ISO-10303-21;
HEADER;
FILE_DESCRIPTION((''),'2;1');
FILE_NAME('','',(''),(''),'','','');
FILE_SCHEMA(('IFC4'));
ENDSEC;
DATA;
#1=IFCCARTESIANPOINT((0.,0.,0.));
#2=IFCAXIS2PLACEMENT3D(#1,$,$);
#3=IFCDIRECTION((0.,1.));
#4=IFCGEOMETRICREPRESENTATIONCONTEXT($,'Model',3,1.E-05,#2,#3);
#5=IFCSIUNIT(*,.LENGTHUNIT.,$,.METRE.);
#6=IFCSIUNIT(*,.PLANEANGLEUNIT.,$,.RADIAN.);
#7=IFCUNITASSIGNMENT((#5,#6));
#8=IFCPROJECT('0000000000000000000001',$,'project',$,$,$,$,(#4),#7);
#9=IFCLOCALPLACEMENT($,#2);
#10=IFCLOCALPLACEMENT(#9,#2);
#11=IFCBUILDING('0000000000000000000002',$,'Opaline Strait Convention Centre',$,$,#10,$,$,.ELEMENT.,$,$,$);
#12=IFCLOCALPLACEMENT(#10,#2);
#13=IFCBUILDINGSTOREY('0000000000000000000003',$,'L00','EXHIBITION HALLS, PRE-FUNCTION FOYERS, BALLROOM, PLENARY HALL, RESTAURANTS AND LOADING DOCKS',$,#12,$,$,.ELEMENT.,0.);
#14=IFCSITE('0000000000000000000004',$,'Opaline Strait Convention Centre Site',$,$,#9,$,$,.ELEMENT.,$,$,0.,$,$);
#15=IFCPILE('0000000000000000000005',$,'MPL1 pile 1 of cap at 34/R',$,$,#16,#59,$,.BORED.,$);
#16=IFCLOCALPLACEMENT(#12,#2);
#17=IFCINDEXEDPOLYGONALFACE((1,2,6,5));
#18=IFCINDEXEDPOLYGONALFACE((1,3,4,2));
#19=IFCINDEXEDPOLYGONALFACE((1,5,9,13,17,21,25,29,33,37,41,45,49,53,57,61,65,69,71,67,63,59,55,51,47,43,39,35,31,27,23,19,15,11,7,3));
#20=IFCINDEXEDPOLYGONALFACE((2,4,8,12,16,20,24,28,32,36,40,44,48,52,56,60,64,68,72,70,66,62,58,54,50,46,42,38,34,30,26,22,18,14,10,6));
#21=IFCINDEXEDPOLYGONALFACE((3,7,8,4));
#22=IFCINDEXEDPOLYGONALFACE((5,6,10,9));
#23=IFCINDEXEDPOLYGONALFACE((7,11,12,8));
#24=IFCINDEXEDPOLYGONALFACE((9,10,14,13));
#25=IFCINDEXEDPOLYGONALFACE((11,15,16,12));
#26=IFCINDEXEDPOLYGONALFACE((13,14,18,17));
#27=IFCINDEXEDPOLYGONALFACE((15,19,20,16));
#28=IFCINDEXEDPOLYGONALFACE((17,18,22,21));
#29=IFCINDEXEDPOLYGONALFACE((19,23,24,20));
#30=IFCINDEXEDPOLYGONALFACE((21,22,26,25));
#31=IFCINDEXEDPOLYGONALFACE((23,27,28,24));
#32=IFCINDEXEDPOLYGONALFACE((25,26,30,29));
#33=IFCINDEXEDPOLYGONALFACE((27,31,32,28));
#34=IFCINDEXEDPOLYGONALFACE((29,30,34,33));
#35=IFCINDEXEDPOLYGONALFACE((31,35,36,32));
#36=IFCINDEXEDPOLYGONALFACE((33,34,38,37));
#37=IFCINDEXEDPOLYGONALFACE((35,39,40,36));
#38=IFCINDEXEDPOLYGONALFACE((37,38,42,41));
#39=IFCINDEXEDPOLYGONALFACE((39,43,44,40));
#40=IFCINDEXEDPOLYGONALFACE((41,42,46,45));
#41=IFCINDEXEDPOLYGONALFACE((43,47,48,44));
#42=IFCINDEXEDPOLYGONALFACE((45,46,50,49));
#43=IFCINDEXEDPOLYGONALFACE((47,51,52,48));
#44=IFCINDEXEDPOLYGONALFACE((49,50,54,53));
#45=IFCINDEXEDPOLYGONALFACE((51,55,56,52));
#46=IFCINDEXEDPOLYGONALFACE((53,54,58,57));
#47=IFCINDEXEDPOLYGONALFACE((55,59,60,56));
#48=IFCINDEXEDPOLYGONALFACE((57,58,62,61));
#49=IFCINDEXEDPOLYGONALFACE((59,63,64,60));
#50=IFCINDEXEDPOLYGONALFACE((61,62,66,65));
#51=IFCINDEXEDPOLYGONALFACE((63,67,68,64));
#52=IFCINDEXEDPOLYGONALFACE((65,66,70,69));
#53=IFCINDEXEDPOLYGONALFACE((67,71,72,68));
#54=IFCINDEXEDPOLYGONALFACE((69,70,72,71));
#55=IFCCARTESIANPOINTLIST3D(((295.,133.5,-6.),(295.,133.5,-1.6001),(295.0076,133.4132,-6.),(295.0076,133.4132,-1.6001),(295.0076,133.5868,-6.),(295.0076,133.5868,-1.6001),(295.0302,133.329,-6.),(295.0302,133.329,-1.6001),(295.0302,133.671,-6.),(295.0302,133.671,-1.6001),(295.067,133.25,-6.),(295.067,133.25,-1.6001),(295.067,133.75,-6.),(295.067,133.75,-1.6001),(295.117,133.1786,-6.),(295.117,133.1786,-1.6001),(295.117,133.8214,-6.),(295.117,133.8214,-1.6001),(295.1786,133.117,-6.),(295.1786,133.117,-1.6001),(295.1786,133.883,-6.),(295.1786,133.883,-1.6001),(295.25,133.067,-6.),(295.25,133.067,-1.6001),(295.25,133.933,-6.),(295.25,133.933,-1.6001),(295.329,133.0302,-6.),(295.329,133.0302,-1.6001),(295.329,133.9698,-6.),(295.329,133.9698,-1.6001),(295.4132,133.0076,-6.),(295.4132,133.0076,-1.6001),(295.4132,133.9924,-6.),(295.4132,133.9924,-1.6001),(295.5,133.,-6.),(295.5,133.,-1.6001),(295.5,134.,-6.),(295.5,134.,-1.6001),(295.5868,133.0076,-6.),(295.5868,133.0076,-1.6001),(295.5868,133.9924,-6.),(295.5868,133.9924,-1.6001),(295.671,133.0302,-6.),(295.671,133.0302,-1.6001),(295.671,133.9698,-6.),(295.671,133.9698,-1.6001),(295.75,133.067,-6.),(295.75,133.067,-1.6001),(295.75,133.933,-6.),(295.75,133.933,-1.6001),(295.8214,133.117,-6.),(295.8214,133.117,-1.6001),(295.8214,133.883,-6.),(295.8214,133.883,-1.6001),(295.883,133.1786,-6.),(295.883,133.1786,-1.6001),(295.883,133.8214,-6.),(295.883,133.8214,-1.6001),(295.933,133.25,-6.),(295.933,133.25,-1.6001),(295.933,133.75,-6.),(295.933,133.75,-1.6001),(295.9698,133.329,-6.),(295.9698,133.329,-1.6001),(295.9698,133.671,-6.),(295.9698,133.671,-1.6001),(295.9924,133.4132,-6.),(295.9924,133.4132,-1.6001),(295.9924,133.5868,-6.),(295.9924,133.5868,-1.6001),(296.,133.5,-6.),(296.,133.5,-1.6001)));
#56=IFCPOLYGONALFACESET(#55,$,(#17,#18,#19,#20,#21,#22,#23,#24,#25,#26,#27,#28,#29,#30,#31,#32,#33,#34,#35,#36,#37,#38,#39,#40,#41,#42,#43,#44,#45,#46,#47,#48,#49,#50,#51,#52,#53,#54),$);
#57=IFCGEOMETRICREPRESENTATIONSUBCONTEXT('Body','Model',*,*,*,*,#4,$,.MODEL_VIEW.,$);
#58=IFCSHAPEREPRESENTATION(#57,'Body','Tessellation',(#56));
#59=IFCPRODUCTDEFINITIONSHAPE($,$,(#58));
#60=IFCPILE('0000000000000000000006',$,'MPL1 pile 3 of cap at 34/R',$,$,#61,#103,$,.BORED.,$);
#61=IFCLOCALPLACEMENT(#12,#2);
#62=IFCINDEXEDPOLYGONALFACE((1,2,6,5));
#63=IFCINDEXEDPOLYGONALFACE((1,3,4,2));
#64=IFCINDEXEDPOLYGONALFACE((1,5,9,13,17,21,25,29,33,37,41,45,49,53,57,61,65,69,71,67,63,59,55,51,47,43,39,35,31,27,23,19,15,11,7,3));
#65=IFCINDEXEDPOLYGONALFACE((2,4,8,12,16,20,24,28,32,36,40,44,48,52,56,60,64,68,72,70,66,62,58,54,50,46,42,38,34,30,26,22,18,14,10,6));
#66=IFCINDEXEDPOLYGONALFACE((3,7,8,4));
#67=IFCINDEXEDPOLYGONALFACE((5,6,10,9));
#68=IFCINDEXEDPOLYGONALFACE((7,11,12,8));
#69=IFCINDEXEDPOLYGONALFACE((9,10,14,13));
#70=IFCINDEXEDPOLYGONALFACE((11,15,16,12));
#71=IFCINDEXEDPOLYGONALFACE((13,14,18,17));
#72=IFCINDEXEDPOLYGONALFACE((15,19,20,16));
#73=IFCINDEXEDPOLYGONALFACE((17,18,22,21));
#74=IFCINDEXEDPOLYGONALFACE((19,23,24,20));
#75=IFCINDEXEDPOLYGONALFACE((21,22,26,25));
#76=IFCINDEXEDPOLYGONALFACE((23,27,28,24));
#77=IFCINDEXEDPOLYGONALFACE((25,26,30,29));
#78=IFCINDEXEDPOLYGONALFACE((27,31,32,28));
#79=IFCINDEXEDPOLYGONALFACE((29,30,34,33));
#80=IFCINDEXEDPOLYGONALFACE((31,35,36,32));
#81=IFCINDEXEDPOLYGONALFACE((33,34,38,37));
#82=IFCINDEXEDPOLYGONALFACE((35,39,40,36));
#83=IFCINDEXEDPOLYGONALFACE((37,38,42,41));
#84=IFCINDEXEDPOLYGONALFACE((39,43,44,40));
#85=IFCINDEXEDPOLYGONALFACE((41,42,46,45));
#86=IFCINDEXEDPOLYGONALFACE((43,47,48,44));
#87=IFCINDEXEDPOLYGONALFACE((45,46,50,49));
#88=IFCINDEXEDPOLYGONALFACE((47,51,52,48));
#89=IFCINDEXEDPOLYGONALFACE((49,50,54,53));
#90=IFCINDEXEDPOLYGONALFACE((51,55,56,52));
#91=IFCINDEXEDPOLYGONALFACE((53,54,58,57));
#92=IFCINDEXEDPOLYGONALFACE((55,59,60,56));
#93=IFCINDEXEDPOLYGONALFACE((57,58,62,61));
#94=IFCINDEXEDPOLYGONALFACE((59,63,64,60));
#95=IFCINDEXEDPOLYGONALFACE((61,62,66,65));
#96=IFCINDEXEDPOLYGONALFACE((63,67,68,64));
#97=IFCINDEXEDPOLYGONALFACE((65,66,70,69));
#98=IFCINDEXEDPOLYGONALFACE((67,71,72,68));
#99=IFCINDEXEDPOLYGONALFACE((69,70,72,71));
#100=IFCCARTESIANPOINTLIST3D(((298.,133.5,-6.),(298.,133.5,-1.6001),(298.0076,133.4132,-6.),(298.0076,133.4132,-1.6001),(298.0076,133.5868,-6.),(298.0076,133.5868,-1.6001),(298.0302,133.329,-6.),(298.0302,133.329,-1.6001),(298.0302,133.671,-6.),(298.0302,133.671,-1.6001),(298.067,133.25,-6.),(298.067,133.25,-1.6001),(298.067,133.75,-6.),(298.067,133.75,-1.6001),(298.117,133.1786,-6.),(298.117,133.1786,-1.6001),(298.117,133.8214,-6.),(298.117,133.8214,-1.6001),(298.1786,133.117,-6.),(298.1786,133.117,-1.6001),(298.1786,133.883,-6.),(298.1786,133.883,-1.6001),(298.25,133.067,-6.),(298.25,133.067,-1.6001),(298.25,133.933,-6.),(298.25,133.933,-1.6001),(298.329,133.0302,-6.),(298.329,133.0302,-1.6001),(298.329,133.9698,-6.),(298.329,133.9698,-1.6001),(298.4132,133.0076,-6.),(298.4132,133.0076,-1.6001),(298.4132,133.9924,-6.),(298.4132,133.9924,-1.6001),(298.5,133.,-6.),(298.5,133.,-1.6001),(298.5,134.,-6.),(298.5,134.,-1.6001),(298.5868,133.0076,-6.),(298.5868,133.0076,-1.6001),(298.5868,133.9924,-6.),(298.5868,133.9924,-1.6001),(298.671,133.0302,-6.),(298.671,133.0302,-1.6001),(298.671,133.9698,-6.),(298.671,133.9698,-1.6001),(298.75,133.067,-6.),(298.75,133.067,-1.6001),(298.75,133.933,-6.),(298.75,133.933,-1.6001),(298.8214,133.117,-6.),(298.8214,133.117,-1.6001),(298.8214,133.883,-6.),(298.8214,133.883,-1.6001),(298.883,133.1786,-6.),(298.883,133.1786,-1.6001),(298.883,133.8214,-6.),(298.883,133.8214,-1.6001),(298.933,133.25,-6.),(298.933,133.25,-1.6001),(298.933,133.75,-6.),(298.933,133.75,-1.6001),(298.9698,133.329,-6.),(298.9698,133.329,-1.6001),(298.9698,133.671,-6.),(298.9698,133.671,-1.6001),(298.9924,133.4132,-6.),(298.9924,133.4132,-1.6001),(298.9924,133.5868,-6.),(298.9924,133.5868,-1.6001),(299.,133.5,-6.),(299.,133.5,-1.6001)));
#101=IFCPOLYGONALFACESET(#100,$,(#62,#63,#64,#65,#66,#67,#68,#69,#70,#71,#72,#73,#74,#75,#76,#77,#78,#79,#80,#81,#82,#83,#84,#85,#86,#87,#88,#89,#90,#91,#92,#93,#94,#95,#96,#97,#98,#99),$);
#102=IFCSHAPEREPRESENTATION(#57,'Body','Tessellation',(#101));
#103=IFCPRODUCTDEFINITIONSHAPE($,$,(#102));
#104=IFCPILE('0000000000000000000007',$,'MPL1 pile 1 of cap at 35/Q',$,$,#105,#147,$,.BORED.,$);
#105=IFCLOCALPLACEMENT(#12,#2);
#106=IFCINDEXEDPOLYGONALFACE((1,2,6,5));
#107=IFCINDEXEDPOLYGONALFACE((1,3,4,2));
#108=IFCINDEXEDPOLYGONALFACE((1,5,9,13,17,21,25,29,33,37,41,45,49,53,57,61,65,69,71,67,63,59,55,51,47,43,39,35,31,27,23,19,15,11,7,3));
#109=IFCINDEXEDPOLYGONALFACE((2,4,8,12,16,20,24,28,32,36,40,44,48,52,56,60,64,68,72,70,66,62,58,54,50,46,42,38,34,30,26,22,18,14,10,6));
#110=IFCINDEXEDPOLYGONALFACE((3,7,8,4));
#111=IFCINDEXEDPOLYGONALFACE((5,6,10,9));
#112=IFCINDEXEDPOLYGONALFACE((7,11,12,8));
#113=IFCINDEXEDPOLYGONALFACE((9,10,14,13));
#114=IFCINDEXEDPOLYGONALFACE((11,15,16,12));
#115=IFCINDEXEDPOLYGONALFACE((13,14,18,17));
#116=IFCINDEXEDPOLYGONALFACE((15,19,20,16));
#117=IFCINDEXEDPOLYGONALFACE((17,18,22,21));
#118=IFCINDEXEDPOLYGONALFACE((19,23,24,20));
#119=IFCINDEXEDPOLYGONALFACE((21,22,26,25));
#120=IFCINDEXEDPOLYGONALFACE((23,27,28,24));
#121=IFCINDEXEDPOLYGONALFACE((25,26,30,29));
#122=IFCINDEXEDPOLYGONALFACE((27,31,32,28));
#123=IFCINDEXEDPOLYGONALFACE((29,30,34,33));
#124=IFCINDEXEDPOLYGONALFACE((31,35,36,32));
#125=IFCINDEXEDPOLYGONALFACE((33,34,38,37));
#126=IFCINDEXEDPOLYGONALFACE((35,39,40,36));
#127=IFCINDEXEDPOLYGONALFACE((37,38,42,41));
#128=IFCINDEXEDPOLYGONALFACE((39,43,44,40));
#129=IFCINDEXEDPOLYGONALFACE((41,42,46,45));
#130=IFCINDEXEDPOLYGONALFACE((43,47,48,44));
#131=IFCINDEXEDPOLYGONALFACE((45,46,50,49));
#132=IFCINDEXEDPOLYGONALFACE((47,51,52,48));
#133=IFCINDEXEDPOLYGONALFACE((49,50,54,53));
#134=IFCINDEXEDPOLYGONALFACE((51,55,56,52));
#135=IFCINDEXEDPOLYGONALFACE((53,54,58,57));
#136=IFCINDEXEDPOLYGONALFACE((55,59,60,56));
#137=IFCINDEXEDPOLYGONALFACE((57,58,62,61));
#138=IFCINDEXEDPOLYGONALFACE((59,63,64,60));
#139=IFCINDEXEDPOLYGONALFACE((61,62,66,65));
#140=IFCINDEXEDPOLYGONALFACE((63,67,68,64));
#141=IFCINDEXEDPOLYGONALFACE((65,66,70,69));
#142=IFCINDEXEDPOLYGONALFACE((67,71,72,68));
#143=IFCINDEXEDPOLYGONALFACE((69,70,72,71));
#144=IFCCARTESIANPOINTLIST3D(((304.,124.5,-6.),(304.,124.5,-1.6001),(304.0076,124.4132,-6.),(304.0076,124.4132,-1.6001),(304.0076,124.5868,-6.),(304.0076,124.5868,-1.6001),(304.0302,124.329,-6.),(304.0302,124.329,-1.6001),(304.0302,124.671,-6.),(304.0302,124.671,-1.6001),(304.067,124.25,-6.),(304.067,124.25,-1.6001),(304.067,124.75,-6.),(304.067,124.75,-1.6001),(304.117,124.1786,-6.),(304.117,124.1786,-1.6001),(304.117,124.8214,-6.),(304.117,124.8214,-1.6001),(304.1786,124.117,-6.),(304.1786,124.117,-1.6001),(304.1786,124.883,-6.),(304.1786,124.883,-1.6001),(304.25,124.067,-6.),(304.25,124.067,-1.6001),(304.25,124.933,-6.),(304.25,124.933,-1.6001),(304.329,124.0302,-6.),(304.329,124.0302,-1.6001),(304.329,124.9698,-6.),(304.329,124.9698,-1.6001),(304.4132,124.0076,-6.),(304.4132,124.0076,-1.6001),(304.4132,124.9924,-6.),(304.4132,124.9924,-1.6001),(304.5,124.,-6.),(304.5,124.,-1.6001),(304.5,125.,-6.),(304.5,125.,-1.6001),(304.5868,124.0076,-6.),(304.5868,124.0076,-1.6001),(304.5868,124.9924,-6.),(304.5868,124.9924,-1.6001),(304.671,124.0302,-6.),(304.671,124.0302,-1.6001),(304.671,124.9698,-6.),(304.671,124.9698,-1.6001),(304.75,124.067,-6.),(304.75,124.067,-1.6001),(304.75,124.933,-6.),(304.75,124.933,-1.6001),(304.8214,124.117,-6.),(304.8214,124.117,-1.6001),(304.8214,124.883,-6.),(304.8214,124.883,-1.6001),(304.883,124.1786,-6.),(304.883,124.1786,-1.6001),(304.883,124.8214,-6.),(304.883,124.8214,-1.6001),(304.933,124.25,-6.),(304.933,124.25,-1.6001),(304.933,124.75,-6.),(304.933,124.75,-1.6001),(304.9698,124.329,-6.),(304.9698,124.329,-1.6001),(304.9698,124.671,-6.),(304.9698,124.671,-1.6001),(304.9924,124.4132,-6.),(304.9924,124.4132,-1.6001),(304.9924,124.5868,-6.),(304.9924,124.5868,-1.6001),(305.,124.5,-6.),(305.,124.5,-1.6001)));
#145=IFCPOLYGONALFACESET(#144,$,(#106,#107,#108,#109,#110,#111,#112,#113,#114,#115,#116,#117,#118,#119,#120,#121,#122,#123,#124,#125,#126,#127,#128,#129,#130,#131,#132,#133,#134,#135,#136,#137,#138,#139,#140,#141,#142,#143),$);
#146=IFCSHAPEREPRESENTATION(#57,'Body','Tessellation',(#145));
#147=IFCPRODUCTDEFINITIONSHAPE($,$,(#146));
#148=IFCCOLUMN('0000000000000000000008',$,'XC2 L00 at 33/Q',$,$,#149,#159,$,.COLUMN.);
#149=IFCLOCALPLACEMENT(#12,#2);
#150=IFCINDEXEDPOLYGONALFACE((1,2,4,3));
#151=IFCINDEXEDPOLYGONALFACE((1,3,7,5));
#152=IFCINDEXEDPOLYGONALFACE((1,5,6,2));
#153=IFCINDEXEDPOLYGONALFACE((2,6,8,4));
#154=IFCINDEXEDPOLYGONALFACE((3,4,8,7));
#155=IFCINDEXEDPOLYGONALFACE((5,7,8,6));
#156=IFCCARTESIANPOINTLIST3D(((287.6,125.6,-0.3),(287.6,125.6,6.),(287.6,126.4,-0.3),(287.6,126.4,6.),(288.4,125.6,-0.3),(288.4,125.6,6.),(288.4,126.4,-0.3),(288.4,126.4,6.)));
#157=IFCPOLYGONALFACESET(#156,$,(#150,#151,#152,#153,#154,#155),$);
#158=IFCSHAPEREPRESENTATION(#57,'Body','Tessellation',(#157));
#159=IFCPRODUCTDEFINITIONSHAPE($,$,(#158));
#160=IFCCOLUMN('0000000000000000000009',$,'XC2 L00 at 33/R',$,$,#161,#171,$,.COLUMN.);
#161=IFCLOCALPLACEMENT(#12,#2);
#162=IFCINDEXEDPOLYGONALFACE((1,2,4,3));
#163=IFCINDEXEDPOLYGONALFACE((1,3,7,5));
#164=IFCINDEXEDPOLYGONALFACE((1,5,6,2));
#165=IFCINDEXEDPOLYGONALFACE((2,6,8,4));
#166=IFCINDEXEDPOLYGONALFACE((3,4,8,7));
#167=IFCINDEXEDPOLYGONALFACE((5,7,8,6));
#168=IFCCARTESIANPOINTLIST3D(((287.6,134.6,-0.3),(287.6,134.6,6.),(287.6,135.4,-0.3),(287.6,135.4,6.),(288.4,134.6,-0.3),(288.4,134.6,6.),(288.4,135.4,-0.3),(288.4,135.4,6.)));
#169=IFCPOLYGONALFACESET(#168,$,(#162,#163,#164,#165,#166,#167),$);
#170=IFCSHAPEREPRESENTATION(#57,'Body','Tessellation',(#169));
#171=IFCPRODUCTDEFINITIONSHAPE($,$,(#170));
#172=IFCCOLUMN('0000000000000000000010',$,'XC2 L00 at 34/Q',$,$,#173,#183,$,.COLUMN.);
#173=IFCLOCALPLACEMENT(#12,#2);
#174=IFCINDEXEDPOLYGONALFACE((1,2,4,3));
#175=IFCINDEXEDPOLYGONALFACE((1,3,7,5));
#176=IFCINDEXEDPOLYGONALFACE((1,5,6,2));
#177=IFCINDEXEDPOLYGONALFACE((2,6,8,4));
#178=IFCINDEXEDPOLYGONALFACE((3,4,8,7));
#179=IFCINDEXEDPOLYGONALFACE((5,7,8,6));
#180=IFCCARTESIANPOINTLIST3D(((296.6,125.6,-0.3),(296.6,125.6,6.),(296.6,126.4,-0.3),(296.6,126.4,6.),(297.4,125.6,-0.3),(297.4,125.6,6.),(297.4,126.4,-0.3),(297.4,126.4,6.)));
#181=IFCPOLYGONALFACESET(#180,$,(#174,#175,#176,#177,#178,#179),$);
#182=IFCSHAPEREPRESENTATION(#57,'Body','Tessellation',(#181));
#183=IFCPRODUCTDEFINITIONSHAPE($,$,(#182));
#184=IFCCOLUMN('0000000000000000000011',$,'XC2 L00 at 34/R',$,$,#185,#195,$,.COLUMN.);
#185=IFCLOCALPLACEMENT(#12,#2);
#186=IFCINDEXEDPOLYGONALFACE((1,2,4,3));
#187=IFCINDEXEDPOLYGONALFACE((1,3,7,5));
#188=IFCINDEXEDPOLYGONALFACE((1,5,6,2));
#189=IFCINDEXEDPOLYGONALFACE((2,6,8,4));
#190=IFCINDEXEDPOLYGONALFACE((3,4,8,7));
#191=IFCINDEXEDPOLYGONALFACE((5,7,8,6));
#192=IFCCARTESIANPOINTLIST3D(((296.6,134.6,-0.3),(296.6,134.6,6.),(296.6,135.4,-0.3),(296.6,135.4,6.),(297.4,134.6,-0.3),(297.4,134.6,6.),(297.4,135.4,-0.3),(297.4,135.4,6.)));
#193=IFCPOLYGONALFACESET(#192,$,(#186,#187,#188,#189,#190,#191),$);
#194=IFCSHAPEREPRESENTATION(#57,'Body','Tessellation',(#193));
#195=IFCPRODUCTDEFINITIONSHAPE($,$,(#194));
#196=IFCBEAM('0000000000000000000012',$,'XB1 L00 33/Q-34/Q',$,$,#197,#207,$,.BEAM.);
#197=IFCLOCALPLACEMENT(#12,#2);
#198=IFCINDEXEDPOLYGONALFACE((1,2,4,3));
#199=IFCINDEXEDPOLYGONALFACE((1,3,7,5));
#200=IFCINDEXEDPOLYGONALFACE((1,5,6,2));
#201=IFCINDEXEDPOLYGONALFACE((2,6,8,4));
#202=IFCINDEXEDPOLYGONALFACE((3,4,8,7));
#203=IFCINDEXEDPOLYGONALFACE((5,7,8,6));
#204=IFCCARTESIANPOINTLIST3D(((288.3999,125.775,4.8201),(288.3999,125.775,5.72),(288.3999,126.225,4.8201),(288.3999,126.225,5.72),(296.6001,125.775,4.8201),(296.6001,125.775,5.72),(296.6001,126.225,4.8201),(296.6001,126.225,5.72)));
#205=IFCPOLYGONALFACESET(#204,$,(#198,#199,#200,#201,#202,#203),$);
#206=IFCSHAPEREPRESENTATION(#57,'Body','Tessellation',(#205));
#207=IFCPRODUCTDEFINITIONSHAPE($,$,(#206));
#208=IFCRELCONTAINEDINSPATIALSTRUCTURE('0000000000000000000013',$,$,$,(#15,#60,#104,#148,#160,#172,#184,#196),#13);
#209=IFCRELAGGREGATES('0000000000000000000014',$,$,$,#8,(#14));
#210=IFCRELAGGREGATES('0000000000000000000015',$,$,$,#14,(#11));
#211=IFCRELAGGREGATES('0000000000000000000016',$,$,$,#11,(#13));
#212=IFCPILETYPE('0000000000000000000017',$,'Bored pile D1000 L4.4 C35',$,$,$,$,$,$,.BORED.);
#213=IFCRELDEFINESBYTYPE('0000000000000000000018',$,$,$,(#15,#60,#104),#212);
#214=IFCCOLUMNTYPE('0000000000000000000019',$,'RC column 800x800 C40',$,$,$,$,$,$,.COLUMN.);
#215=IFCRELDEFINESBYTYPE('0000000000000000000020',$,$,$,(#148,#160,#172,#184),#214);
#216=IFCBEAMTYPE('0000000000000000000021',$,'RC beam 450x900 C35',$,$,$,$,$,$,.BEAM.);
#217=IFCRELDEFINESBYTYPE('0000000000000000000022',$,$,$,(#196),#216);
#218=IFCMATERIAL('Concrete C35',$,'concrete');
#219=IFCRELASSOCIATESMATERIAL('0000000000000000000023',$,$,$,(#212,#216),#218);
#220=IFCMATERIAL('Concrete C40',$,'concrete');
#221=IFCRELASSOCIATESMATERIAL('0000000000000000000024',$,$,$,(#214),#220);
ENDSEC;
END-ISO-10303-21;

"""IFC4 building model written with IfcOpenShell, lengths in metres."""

from ifc_helpers import new_model, si_unit, direction, frame, origin, origin_2d, place, context, subcontext, project, spatial, rectangle, circle, extrude, material, material_profile, profile_set, type_object, element, save


model = new_model("IFC4")

# Units and contexts
model_context = context("Model", 3, precision=1e-05, world=origin(), true_north=direction((0.0, 1.0)))
body_context = subcontext(model_context, "Body", "Model", "MODEL_VIEW")
ifc_project = project(units=[si_unit("LENGTHUNIT", "METRE"), si_unit("PLANEANGLEUNIT", "RADIAN")], contexts=[model_context])

# Site, building, storey
site_placement = place(None, origin())
site = spatial("IfcSite", under=ifc_project, at=site_placement, Name="Opaline Strait Convention Centre Site", CompositionType="ELEMENT", RefElevation=0.0)
building_placement = place(site_placement, origin())
building = spatial("IfcBuilding", under=site, at=building_placement, Name="Opaline Strait Convention Centre", CompositionType="ELEMENT")
storey_placement = place(building_placement, origin())
storey = spatial("IfcBuildingStorey", under=building, at=storey_placement, Name="L00", Description="EXHIBITION HALLS, PRE-FUNCTION FOYERS, BALLROOM, PLENARY HALL, RESTAURANTS AND LOADING DOCKS", CompositionType="ELEMENT", Elevation=0.0)

# Piles
ifc_material_1 = material(Name="Concrete C35", Category="concrete")
ifc_material_profile_1 = material_profile(ifc_material_1, circle(Radius=0.5, at=origin_2d()), Name="D1000")
ifc_profile_set_1 = profile_set([ifc_material_profile_1], Name="Concrete C35")
pile_type = type_object("IfcPileType", Name="Bored pile D1000 L4.4 C35", PredefinedType="BORED", material=ifc_profile_set_1)
for number, where, z_axis, x_axis, name in (
    (1, (295.5, 133.5, -1.6001), (0.0, 0.0, -1.0), (1.0, 0.0, 0.0), "MPL1 pile 1 of cap at 34/R"),
    (2, (298.5, 133.5, -1.6001), (0.0, 0.0, -1.0), (1.0, 0.0, 0.0), "MPL1 pile 3 of cap at 34/R"),
    (3, (304.5, 124.5, -1.6001), (0.0, 0.0, -1.0), (1.0, 0.0, 0.0), "MPL1 pile 1 of cap at 35/Q"),
):
    element("IfcPile", number, at=place(storey_placement, frame(where, z_axis=z_axis, x_axis=x_axis)), inside=storey, type_object=pile_type, Name=name, PredefinedType="BORED", context=body_context, shape_type="SweptSolid", body=[
        extrude(circle(Radius=0.5, at=origin_2d()), origin(), (0.0, 0.0, 1.0), 4.3999),
    ])

# Columns
ifc_material_2 = material(Name="Concrete C40", Category="concrete")
ifc_material_profile_2 = material_profile(ifc_material_2, rectangle(XDim=0.8, YDim=0.8, at=origin_2d()), Name="RC 800x800")
ifc_profile_set_2 = profile_set([ifc_material_profile_2], Name="Concrete C40")
column_type = type_object("IfcColumnType", Name="RC column 800x800 C40", PredefinedType="COLUMN", material=ifc_profile_set_2)
for number, where, z_axis, x_axis, name in (
    (4, (288.0, 126.0, -0.3), (0.0, 0.0, 1.0), (1.0, 0.0, 0.0), "XC2 L00 at 33/Q"),
    (5, (288.0, 135.0, -0.3), (0.0, 0.0, 1.0), (1.0, 0.0, 0.0), "XC2 L00 at 33/R"),
    (6, (297.0, 126.0, -0.3), (0.0, 0.0, 1.0), (1.0, 0.0, 0.0), "XC2 L00 at 34/Q"),
    (7, (297.0, 135.0, -0.3), (0.0, 0.0, 1.0), (1.0, 0.0, 0.0), "XC2 L00 at 34/R"),
):
    element("IfcColumn", number, at=place(storey_placement, frame(where, z_axis=z_axis, x_axis=x_axis)), inside=storey, type_object=column_type, Name=name, PredefinedType="COLUMN", context=body_context, shape_type="SweptSolid", body=[
        extrude(rectangle(XDim=0.8, YDim=0.8, at=origin_2d()), origin(), (0.0, 0.0, 1.0), 6.3),
    ])

# Beam
ifc_material_profile_3 = material_profile(ifc_material_1, rectangle(XDim=0.45, YDim=0.8999, at=origin_2d()), Name="RC 450x900")
ifc_profile_set_3 = profile_set([ifc_material_profile_3], Name="Concrete C35")
beam_type = type_object("IfcBeamType", Name="RC beam 450x900 C35", PredefinedType="BEAM", material=ifc_profile_set_3)
for number, where, z_axis, x_axis, name in (
    (8, (288.3999, 126.0, 5.27), (1.0, 0.0, 0.0), (0.0, 1.0, 0.0), "XB1 L00 33/Q-34/Q"),
):
    element("IfcBeam", number, at=place(storey_placement, frame(where, z_axis=z_axis, x_axis=x_axis)), inside=storey, type_object=beam_type, Name=name, PredefinedType="BEAM", context=body_context, shape_type="SweptSolid", body=[
        extrude(rectangle(XDim=0.45, YDim=0.8999, at=origin_2d()), origin(), (0.0, 0.0, 1.0), 8.2002),
    ])

save(model, "model.ifc")
